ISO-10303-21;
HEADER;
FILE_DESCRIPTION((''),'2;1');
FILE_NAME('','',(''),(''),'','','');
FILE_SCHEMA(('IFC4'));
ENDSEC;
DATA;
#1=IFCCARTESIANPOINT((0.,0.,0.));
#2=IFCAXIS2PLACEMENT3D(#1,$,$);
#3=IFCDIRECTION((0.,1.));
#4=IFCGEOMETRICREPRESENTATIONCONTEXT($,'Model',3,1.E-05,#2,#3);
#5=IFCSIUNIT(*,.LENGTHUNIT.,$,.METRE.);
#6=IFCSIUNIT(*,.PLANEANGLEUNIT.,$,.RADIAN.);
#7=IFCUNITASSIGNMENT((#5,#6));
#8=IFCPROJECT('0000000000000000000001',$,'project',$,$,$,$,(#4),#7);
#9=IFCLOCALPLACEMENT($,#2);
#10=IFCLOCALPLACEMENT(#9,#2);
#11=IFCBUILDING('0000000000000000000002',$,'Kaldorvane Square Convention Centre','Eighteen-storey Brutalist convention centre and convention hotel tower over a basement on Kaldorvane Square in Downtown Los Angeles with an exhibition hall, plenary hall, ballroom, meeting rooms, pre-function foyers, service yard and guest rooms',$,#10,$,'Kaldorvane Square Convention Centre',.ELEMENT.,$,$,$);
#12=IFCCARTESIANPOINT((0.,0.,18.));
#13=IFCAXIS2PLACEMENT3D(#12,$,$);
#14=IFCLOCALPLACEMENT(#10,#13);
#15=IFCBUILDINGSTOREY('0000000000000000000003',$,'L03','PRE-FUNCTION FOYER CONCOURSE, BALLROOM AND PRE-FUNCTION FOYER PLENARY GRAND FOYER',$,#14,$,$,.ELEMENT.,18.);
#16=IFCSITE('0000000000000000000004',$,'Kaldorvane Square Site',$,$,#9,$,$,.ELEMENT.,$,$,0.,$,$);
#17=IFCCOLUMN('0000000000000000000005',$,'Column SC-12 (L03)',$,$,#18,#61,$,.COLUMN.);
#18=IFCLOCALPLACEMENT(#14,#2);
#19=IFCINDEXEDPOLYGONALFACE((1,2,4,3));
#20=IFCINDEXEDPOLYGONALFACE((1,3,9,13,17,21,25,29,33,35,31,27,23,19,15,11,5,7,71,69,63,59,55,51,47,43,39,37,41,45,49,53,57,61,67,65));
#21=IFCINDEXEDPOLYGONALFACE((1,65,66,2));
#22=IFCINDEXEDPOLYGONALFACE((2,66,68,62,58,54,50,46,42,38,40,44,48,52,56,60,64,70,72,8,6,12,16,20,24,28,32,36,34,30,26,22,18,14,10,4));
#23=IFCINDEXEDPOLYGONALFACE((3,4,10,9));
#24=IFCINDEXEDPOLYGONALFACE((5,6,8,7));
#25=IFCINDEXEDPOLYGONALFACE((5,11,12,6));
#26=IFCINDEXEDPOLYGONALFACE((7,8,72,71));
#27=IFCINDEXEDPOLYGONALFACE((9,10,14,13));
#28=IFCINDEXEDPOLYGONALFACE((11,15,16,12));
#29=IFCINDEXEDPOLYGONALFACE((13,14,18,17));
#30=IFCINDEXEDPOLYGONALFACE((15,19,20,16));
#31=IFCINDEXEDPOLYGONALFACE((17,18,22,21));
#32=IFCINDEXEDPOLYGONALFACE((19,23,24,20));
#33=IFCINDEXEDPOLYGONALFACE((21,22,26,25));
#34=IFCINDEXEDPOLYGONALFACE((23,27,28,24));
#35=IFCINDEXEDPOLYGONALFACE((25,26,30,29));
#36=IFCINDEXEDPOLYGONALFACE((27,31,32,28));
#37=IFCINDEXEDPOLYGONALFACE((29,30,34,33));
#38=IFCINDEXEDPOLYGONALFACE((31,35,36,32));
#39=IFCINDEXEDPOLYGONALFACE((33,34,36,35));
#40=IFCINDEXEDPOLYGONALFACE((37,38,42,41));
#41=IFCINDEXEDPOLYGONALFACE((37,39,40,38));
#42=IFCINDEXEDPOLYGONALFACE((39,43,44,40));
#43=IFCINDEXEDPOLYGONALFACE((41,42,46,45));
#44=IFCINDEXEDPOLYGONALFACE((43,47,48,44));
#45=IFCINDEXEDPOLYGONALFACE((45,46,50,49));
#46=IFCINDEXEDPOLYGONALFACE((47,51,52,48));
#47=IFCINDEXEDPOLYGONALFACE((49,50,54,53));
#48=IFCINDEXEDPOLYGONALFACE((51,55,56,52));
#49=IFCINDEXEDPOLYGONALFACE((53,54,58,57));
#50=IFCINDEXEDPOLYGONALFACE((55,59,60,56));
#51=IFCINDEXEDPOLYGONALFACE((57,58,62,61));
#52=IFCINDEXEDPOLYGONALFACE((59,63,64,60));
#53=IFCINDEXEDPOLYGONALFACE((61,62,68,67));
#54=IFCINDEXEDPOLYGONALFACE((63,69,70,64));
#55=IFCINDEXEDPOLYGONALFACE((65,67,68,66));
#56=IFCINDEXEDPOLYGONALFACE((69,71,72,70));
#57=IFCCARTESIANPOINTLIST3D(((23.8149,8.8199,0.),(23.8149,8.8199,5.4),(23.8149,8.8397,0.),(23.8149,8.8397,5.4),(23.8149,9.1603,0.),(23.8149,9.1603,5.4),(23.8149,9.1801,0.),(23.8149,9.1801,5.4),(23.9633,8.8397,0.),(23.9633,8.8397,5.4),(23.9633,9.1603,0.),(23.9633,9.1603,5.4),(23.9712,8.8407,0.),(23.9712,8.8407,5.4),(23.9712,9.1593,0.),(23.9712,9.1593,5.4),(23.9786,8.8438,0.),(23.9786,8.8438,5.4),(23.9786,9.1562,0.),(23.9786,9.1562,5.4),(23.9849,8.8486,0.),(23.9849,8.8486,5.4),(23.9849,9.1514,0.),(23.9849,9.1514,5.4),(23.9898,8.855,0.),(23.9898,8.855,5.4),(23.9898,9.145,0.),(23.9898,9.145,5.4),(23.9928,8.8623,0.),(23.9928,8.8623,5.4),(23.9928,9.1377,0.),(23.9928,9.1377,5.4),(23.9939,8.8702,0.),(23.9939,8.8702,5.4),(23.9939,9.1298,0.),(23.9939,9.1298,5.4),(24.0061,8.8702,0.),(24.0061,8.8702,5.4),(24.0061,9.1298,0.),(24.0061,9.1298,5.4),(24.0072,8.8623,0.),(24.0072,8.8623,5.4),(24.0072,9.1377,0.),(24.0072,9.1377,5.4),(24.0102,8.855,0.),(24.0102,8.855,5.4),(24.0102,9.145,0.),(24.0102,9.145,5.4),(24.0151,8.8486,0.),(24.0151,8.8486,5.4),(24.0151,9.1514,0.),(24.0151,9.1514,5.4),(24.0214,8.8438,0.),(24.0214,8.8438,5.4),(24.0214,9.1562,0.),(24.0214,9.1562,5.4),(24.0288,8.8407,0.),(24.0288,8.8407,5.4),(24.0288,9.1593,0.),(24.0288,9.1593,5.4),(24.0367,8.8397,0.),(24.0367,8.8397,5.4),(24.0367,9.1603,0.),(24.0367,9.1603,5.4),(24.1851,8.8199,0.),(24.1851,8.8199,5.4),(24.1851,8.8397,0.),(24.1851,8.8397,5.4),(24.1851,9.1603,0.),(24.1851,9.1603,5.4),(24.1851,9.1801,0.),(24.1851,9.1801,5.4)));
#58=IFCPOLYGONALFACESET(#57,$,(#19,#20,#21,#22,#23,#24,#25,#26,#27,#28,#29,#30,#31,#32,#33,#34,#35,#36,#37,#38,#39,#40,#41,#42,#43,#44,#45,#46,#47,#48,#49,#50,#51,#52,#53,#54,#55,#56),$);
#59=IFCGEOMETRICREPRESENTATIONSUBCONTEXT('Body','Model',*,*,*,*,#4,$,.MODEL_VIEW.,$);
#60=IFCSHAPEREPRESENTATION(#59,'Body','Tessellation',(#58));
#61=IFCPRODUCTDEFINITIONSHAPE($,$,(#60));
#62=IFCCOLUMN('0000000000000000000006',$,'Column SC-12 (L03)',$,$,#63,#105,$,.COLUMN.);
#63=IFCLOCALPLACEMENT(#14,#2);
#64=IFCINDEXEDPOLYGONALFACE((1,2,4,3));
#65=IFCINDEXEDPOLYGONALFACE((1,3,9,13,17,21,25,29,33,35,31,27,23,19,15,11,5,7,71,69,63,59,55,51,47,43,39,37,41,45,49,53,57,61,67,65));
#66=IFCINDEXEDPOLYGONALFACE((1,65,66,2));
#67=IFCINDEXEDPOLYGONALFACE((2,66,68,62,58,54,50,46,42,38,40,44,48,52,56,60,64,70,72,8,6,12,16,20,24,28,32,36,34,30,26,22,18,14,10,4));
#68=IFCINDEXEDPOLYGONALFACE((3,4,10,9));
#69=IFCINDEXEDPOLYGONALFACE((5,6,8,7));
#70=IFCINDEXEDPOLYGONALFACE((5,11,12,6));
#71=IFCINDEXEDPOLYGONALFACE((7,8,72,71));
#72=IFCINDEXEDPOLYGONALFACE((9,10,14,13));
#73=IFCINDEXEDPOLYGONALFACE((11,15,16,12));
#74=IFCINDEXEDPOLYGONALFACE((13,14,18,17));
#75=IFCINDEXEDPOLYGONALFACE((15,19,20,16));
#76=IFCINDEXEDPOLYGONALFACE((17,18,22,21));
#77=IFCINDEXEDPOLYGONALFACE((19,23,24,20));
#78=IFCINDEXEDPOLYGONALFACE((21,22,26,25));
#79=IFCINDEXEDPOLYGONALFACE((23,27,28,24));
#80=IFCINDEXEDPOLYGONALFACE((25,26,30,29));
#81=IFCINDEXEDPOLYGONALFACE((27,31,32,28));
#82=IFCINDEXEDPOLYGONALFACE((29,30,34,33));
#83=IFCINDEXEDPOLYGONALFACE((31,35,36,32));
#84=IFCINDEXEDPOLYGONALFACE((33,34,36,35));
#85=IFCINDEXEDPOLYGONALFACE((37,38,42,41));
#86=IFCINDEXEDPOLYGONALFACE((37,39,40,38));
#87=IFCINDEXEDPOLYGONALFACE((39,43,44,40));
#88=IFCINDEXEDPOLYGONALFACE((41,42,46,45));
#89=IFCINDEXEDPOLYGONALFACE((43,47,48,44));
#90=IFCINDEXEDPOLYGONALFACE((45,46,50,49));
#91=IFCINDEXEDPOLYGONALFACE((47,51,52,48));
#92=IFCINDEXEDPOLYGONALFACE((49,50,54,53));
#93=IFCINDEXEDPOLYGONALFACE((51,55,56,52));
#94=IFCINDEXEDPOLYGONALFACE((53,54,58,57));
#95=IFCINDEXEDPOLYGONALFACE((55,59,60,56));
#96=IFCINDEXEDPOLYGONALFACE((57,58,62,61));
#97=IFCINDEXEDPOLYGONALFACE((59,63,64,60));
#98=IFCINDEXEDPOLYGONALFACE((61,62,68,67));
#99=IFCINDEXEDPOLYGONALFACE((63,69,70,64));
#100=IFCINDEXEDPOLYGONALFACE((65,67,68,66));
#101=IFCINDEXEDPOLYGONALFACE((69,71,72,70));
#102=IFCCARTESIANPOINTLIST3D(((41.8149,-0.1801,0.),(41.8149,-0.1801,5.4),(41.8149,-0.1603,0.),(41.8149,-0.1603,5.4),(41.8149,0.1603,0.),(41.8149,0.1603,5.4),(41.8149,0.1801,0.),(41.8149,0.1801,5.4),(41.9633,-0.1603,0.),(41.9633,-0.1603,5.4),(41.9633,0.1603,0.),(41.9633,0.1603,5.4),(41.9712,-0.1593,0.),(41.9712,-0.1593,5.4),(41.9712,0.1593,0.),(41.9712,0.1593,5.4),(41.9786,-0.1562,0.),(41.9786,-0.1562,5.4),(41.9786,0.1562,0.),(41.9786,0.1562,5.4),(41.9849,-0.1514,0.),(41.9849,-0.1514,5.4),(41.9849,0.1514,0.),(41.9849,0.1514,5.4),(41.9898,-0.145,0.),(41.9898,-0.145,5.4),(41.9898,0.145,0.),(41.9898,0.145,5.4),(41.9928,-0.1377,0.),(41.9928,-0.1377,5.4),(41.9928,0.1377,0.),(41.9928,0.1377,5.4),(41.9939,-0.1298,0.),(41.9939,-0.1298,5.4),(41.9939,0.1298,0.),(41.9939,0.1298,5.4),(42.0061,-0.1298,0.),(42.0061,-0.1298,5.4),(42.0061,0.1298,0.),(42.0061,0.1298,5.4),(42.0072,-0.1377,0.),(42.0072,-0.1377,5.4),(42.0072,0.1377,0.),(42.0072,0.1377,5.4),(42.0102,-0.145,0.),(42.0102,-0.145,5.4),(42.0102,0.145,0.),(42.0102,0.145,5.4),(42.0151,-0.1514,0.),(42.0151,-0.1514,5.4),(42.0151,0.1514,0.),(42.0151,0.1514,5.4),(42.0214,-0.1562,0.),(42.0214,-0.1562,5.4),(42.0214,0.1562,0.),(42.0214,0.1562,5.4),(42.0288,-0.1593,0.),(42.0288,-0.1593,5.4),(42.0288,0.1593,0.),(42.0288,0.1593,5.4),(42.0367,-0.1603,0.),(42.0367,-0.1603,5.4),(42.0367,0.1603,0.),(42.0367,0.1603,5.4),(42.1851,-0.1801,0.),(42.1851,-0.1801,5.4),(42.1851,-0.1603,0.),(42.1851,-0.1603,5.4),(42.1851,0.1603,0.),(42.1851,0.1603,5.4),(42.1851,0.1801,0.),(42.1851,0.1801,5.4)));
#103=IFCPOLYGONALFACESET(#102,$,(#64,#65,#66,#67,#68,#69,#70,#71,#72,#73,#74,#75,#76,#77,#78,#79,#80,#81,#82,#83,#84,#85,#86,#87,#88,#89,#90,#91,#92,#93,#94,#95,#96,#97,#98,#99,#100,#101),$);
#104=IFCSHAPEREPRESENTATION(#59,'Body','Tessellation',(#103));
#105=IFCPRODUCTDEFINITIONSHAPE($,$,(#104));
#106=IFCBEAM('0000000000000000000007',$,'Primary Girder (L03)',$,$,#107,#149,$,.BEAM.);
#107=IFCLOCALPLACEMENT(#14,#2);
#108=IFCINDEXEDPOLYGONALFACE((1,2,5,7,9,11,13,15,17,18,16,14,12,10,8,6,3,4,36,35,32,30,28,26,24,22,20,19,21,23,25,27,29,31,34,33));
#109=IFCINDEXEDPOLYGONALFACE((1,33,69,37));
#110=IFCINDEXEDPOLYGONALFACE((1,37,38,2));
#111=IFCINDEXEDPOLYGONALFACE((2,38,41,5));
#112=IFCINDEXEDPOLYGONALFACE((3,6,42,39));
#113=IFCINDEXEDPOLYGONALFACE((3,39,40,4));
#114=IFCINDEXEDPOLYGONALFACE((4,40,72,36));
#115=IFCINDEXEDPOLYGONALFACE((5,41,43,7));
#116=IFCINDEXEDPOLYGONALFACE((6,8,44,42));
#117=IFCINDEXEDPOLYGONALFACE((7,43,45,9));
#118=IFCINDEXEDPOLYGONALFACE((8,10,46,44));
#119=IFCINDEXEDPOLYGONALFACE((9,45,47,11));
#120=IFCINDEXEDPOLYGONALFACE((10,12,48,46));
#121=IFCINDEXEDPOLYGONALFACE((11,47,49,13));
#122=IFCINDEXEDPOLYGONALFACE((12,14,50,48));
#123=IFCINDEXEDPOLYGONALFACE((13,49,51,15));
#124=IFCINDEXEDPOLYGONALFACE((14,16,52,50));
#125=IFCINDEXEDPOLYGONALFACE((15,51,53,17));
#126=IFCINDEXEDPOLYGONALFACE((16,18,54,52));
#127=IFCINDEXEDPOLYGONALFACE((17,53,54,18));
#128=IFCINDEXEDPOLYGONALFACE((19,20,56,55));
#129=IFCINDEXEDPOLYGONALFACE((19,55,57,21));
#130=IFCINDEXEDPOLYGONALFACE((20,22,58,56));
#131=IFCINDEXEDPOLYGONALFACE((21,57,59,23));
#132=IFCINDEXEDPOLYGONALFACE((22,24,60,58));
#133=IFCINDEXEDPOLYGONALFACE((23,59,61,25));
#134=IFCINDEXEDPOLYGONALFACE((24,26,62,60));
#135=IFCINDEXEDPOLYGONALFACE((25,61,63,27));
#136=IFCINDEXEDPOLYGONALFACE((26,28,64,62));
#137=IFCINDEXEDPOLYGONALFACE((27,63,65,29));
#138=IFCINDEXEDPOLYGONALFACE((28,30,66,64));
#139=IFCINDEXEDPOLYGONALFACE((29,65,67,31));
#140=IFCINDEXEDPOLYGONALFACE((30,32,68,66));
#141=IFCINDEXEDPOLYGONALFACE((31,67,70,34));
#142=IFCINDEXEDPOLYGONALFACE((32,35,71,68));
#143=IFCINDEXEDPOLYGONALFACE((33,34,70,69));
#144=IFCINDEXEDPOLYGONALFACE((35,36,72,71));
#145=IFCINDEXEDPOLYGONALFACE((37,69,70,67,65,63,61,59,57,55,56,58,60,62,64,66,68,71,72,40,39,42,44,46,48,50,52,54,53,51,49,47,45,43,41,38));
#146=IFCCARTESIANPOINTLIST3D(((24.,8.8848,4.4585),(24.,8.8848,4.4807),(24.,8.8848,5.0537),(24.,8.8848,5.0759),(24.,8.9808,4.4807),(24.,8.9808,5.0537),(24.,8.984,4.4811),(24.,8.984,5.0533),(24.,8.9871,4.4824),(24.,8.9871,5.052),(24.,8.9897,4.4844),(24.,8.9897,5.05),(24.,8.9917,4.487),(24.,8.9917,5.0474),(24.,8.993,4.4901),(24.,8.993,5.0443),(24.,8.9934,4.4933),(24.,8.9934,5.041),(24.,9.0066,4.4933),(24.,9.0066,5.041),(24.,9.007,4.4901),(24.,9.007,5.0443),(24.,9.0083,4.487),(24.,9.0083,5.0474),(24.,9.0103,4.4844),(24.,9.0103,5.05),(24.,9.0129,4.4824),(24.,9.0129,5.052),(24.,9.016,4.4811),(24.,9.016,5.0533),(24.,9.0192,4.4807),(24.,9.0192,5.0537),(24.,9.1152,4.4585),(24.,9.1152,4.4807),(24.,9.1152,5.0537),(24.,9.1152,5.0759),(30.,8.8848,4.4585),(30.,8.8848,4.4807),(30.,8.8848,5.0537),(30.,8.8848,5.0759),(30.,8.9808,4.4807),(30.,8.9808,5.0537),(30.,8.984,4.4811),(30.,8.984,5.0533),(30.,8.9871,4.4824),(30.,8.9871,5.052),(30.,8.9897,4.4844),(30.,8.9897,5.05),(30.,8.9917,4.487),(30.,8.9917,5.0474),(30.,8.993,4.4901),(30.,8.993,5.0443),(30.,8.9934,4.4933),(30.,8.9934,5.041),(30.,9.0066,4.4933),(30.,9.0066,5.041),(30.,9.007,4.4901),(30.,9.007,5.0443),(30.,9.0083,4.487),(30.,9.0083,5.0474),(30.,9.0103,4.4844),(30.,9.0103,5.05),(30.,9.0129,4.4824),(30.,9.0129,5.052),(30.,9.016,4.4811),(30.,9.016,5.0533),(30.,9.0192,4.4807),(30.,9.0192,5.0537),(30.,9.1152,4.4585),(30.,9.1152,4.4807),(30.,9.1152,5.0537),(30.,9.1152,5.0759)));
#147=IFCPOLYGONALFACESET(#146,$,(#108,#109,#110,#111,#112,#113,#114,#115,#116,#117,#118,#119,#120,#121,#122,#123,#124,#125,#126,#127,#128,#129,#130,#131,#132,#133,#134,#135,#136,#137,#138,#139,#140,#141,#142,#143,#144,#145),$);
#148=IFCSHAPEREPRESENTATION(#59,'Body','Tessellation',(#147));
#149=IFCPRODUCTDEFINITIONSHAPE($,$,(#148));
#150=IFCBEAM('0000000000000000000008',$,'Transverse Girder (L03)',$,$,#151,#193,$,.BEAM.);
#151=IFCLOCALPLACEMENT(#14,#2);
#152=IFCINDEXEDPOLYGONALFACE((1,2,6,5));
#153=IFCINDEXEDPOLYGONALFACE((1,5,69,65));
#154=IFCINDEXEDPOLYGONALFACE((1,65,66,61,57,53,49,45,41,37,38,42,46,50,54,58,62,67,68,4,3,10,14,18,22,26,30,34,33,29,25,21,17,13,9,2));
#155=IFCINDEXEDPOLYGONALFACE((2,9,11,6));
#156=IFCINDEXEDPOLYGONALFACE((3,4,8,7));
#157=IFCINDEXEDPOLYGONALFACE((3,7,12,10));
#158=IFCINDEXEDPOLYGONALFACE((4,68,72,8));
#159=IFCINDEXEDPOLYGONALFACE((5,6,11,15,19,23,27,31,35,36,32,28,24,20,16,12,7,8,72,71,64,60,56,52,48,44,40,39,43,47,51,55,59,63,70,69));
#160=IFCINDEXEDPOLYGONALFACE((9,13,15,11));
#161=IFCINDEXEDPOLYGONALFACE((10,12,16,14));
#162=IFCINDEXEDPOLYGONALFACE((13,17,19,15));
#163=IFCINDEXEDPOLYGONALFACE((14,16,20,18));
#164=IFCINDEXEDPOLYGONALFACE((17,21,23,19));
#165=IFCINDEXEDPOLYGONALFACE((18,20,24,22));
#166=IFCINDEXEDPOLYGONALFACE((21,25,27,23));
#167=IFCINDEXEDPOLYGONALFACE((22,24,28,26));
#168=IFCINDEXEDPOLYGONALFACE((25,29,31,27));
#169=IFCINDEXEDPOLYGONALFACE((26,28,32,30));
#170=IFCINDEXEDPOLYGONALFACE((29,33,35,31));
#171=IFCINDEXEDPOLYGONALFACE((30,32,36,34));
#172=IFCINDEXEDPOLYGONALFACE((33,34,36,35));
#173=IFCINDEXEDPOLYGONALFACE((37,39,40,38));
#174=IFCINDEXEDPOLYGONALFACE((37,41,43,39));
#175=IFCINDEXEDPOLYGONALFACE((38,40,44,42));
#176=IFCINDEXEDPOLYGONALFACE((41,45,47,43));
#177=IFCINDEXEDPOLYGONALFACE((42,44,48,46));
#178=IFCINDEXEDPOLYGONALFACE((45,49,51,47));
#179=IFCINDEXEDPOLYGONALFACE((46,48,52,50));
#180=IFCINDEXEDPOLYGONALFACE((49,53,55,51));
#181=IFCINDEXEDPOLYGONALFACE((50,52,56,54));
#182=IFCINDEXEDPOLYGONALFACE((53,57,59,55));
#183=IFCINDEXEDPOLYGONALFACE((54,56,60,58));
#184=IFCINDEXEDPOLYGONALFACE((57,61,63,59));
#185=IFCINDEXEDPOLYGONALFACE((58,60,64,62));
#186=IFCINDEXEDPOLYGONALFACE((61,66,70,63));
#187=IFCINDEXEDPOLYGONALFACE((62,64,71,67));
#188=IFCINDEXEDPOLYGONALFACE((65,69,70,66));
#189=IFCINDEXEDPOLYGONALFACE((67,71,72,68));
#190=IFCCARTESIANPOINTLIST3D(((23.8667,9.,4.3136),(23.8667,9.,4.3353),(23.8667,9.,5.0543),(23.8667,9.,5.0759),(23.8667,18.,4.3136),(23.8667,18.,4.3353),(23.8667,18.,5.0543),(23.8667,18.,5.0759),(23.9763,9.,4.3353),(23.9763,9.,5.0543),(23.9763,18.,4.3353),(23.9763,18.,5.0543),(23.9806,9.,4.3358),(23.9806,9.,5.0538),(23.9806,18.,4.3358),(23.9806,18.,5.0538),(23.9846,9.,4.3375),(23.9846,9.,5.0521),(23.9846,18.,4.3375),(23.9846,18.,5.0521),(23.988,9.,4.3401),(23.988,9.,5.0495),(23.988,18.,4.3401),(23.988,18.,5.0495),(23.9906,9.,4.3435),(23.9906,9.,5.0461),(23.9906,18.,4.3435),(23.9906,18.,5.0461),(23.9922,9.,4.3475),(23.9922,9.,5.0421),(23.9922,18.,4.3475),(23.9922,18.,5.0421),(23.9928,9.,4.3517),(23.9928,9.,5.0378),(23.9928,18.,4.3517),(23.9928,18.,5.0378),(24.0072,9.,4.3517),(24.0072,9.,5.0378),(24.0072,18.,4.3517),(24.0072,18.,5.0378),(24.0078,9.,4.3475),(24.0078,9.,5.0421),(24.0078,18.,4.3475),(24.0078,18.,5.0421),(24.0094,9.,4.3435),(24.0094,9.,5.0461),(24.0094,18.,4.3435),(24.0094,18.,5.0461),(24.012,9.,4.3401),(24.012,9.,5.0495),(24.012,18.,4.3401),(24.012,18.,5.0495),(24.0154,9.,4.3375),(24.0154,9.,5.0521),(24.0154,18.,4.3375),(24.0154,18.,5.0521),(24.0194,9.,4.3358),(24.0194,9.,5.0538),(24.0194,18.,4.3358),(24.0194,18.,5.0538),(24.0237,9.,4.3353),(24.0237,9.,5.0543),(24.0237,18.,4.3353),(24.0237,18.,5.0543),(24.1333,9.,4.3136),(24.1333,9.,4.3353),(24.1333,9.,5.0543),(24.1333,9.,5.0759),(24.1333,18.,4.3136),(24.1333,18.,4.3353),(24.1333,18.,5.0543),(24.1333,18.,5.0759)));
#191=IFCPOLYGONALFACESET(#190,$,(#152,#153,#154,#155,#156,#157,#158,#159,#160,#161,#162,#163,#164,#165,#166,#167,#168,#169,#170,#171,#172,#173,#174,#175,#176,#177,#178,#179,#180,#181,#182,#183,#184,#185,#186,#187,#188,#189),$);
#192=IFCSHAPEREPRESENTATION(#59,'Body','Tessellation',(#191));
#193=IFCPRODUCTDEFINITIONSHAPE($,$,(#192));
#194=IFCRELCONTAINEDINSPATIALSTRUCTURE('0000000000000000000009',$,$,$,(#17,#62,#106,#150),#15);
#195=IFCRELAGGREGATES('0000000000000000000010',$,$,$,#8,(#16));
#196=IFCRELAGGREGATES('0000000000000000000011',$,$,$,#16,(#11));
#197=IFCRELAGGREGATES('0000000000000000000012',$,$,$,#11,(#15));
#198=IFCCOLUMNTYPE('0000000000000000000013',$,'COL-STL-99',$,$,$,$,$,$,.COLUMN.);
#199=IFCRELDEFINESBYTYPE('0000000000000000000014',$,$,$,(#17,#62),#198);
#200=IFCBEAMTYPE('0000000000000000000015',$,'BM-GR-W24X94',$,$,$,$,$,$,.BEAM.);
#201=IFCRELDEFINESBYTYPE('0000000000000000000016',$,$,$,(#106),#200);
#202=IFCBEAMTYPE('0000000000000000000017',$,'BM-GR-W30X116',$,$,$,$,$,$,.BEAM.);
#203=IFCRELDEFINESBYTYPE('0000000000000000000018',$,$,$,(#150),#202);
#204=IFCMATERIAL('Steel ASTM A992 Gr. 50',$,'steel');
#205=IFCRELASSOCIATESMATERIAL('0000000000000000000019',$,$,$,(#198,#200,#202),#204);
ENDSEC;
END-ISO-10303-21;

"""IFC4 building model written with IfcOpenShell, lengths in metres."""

from ifc_helpers import new_model, si_unit, direction, frame, origin, origin_2d, place, context, subcontext, project, spatial, i_section, extrude, material, material_profile, profile_set, type_object, element, save


model = new_model("IFC4")

# Units and contexts
model_context = context("Model", 3, precision=1e-05, world=origin(), true_north=direction((0.0, 1.0)))
body_context = subcontext(model_context, "Body", "Model", "MODEL_VIEW")
ifc_project = project(units=[si_unit("LENGTHUNIT", "METRE"), si_unit("PLANEANGLEUNIT", "RADIAN")], contexts=[model_context])

# Site, building, storey
site_placement = place(None, origin())
site = spatial("IfcSite", under=ifc_project, at=site_placement, Name="Kaldorvane Square Site", CompositionType="ELEMENT", RefElevation=0.0)
building_placement = place(site_placement, origin())
building = spatial("IfcBuilding", under=site, at=building_placement, Name="Kaldorvane Square Convention Centre", Description="Eighteen-storey Brutalist convention centre and convention hotel tower over a basement on Kaldorvane Square in Downtown Los Angeles with an exhibition hall, plenary hall, ballroom, meeting rooms, pre-function foyers, service yard and guest rooms", LongName="Kaldorvane Square Convention Centre", CompositionType="ELEMENT")
storey_placement = place(building_placement, frame((0.0, 0.0, 18.0)))
storey = spatial("IfcBuildingStorey", under=building, at=storey_placement, Name="L03", Description="PRE-FUNCTION FOYER CONCOURSE, BALLROOM AND PRE-FUNCTION FOYER PLENARY GRAND FOYER", CompositionType="ELEMENT", Elevation=18.0)

# Columns
ifc_material_1 = material(Name="Steel ASTM A992 Gr. 50", Category="steel")
ifc_material_profile_1 = material_profile(ifc_material_1, i_section(OverallWidth=0.3701, OverallDepth=0.3602, WebThickness=0.0123, FlangeThickness=0.0198, FilletRadius=0.0305, at=origin_2d()), Name="W14X99")
ifc_profile_set_1 = profile_set([ifc_material_profile_1], Name="Steel ASTM A992 Gr. 50")
column_type = type_object("IfcColumnType", Name="COL-STL-99", PredefinedType="COLUMN", material=ifc_profile_set_1)
for number, where, z_axis, x_axis, name in (
    (1, (24.0, 9.0, 0.0), (0.0, 0.0, 1.0), (1.0, 0.0, 0.0), "Column SC-12 (L03)"),
    (2, (42.0, 0.0, 0.0), (0.0, 0.0, 1.0), (1.0, 0.0, 0.0), "Column SC-12 (L03)"),
):
    element("IfcColumn", number, at=place(storey_placement, frame(where, z_axis=z_axis, x_axis=x_axis)), inside=storey, type_object=column_type, Name=name, PredefinedType="COLUMN", context=body_context, shape_type="SweptSolid", body=[
        extrude(i_section(OverallWidth=0.3701, OverallDepth=0.3602, WebThickness=0.0123, FlangeThickness=0.0198, FilletRadius=0.0305, at=origin_2d()), origin(), (0.0, 0.0, 1.0), 5.4),
    ])

# Beams
ifc_material_profile_2 = material_profile(ifc_material_1, i_section(OverallWidth=0.2303, OverallDepth=0.6175, WebThickness=0.0131, FlangeThickness=0.0222, FilletRadius=0.0127, at=origin_2d()), Name="W24X94")
ifc_profile_set_2 = profile_set([ifc_material_profile_2], Name="Steel ASTM A992 Gr. 50")
beam_type_1 = type_object("IfcBeamType", Name="BM-GR-W24X94", PredefinedType="BEAM", material=ifc_profile_set_2)
beam_1_placement = place(storey_placement, frame((24.0, 9.0, 4.7672), z_axis=(1.0, 0.0, 0.0), x_axis=(0.0, 1.0, 0.0)))
element("IfcBeam", 3, at=beam_1_placement, inside=storey, type_object=beam_type_1, Name="Primary Girder (L03)", PredefinedType="BEAM", context=body_context, shape_type="SweptSolid", body=[
    extrude(i_section(OverallWidth=0.2303, OverallDepth=0.6175, WebThickness=0.0131, FlangeThickness=0.0222, FilletRadius=0.0127, at=origin_2d()), origin(), (0.0, 0.0, 1.0), 6.0),
])
ifc_material_profile_3 = material_profile(ifc_material_1, i_section(OverallWidth=0.2666, OverallDepth=0.7623, WebThickness=0.0144, FlangeThickness=0.0216, FilletRadius=0.0165, at=origin_2d()), Name="W30X116")
ifc_profile_set_3 = profile_set([ifc_material_profile_3], Name="Steel ASTM A992 Gr. 50")
beam_type_2 = type_object("IfcBeamType", Name="BM-GR-W30X116", PredefinedType="BEAM", material=ifc_profile_set_3)
beam_2_placement = place(storey_placement, frame((24.0, 9.0, 4.6948), z_axis=(0.0, 1.0, 0.0), x_axis=(-1.0, 0.0, 0.0)))
element("IfcBeam", 4, at=beam_2_placement, inside=storey, type_object=beam_type_2, Name="Transverse Girder (L03)", PredefinedType="BEAM", context=body_context, shape_type="SweptSolid", body=[
    extrude(i_section(OverallWidth=0.2666, OverallDepth=0.7623, WebThickness=0.0144, FlangeThickness=0.0216, FilletRadius=0.0165, at=origin_2d()), origin(), (0.0, 0.0, 1.0), 9.0),
])

save(model, "model.ifc")
